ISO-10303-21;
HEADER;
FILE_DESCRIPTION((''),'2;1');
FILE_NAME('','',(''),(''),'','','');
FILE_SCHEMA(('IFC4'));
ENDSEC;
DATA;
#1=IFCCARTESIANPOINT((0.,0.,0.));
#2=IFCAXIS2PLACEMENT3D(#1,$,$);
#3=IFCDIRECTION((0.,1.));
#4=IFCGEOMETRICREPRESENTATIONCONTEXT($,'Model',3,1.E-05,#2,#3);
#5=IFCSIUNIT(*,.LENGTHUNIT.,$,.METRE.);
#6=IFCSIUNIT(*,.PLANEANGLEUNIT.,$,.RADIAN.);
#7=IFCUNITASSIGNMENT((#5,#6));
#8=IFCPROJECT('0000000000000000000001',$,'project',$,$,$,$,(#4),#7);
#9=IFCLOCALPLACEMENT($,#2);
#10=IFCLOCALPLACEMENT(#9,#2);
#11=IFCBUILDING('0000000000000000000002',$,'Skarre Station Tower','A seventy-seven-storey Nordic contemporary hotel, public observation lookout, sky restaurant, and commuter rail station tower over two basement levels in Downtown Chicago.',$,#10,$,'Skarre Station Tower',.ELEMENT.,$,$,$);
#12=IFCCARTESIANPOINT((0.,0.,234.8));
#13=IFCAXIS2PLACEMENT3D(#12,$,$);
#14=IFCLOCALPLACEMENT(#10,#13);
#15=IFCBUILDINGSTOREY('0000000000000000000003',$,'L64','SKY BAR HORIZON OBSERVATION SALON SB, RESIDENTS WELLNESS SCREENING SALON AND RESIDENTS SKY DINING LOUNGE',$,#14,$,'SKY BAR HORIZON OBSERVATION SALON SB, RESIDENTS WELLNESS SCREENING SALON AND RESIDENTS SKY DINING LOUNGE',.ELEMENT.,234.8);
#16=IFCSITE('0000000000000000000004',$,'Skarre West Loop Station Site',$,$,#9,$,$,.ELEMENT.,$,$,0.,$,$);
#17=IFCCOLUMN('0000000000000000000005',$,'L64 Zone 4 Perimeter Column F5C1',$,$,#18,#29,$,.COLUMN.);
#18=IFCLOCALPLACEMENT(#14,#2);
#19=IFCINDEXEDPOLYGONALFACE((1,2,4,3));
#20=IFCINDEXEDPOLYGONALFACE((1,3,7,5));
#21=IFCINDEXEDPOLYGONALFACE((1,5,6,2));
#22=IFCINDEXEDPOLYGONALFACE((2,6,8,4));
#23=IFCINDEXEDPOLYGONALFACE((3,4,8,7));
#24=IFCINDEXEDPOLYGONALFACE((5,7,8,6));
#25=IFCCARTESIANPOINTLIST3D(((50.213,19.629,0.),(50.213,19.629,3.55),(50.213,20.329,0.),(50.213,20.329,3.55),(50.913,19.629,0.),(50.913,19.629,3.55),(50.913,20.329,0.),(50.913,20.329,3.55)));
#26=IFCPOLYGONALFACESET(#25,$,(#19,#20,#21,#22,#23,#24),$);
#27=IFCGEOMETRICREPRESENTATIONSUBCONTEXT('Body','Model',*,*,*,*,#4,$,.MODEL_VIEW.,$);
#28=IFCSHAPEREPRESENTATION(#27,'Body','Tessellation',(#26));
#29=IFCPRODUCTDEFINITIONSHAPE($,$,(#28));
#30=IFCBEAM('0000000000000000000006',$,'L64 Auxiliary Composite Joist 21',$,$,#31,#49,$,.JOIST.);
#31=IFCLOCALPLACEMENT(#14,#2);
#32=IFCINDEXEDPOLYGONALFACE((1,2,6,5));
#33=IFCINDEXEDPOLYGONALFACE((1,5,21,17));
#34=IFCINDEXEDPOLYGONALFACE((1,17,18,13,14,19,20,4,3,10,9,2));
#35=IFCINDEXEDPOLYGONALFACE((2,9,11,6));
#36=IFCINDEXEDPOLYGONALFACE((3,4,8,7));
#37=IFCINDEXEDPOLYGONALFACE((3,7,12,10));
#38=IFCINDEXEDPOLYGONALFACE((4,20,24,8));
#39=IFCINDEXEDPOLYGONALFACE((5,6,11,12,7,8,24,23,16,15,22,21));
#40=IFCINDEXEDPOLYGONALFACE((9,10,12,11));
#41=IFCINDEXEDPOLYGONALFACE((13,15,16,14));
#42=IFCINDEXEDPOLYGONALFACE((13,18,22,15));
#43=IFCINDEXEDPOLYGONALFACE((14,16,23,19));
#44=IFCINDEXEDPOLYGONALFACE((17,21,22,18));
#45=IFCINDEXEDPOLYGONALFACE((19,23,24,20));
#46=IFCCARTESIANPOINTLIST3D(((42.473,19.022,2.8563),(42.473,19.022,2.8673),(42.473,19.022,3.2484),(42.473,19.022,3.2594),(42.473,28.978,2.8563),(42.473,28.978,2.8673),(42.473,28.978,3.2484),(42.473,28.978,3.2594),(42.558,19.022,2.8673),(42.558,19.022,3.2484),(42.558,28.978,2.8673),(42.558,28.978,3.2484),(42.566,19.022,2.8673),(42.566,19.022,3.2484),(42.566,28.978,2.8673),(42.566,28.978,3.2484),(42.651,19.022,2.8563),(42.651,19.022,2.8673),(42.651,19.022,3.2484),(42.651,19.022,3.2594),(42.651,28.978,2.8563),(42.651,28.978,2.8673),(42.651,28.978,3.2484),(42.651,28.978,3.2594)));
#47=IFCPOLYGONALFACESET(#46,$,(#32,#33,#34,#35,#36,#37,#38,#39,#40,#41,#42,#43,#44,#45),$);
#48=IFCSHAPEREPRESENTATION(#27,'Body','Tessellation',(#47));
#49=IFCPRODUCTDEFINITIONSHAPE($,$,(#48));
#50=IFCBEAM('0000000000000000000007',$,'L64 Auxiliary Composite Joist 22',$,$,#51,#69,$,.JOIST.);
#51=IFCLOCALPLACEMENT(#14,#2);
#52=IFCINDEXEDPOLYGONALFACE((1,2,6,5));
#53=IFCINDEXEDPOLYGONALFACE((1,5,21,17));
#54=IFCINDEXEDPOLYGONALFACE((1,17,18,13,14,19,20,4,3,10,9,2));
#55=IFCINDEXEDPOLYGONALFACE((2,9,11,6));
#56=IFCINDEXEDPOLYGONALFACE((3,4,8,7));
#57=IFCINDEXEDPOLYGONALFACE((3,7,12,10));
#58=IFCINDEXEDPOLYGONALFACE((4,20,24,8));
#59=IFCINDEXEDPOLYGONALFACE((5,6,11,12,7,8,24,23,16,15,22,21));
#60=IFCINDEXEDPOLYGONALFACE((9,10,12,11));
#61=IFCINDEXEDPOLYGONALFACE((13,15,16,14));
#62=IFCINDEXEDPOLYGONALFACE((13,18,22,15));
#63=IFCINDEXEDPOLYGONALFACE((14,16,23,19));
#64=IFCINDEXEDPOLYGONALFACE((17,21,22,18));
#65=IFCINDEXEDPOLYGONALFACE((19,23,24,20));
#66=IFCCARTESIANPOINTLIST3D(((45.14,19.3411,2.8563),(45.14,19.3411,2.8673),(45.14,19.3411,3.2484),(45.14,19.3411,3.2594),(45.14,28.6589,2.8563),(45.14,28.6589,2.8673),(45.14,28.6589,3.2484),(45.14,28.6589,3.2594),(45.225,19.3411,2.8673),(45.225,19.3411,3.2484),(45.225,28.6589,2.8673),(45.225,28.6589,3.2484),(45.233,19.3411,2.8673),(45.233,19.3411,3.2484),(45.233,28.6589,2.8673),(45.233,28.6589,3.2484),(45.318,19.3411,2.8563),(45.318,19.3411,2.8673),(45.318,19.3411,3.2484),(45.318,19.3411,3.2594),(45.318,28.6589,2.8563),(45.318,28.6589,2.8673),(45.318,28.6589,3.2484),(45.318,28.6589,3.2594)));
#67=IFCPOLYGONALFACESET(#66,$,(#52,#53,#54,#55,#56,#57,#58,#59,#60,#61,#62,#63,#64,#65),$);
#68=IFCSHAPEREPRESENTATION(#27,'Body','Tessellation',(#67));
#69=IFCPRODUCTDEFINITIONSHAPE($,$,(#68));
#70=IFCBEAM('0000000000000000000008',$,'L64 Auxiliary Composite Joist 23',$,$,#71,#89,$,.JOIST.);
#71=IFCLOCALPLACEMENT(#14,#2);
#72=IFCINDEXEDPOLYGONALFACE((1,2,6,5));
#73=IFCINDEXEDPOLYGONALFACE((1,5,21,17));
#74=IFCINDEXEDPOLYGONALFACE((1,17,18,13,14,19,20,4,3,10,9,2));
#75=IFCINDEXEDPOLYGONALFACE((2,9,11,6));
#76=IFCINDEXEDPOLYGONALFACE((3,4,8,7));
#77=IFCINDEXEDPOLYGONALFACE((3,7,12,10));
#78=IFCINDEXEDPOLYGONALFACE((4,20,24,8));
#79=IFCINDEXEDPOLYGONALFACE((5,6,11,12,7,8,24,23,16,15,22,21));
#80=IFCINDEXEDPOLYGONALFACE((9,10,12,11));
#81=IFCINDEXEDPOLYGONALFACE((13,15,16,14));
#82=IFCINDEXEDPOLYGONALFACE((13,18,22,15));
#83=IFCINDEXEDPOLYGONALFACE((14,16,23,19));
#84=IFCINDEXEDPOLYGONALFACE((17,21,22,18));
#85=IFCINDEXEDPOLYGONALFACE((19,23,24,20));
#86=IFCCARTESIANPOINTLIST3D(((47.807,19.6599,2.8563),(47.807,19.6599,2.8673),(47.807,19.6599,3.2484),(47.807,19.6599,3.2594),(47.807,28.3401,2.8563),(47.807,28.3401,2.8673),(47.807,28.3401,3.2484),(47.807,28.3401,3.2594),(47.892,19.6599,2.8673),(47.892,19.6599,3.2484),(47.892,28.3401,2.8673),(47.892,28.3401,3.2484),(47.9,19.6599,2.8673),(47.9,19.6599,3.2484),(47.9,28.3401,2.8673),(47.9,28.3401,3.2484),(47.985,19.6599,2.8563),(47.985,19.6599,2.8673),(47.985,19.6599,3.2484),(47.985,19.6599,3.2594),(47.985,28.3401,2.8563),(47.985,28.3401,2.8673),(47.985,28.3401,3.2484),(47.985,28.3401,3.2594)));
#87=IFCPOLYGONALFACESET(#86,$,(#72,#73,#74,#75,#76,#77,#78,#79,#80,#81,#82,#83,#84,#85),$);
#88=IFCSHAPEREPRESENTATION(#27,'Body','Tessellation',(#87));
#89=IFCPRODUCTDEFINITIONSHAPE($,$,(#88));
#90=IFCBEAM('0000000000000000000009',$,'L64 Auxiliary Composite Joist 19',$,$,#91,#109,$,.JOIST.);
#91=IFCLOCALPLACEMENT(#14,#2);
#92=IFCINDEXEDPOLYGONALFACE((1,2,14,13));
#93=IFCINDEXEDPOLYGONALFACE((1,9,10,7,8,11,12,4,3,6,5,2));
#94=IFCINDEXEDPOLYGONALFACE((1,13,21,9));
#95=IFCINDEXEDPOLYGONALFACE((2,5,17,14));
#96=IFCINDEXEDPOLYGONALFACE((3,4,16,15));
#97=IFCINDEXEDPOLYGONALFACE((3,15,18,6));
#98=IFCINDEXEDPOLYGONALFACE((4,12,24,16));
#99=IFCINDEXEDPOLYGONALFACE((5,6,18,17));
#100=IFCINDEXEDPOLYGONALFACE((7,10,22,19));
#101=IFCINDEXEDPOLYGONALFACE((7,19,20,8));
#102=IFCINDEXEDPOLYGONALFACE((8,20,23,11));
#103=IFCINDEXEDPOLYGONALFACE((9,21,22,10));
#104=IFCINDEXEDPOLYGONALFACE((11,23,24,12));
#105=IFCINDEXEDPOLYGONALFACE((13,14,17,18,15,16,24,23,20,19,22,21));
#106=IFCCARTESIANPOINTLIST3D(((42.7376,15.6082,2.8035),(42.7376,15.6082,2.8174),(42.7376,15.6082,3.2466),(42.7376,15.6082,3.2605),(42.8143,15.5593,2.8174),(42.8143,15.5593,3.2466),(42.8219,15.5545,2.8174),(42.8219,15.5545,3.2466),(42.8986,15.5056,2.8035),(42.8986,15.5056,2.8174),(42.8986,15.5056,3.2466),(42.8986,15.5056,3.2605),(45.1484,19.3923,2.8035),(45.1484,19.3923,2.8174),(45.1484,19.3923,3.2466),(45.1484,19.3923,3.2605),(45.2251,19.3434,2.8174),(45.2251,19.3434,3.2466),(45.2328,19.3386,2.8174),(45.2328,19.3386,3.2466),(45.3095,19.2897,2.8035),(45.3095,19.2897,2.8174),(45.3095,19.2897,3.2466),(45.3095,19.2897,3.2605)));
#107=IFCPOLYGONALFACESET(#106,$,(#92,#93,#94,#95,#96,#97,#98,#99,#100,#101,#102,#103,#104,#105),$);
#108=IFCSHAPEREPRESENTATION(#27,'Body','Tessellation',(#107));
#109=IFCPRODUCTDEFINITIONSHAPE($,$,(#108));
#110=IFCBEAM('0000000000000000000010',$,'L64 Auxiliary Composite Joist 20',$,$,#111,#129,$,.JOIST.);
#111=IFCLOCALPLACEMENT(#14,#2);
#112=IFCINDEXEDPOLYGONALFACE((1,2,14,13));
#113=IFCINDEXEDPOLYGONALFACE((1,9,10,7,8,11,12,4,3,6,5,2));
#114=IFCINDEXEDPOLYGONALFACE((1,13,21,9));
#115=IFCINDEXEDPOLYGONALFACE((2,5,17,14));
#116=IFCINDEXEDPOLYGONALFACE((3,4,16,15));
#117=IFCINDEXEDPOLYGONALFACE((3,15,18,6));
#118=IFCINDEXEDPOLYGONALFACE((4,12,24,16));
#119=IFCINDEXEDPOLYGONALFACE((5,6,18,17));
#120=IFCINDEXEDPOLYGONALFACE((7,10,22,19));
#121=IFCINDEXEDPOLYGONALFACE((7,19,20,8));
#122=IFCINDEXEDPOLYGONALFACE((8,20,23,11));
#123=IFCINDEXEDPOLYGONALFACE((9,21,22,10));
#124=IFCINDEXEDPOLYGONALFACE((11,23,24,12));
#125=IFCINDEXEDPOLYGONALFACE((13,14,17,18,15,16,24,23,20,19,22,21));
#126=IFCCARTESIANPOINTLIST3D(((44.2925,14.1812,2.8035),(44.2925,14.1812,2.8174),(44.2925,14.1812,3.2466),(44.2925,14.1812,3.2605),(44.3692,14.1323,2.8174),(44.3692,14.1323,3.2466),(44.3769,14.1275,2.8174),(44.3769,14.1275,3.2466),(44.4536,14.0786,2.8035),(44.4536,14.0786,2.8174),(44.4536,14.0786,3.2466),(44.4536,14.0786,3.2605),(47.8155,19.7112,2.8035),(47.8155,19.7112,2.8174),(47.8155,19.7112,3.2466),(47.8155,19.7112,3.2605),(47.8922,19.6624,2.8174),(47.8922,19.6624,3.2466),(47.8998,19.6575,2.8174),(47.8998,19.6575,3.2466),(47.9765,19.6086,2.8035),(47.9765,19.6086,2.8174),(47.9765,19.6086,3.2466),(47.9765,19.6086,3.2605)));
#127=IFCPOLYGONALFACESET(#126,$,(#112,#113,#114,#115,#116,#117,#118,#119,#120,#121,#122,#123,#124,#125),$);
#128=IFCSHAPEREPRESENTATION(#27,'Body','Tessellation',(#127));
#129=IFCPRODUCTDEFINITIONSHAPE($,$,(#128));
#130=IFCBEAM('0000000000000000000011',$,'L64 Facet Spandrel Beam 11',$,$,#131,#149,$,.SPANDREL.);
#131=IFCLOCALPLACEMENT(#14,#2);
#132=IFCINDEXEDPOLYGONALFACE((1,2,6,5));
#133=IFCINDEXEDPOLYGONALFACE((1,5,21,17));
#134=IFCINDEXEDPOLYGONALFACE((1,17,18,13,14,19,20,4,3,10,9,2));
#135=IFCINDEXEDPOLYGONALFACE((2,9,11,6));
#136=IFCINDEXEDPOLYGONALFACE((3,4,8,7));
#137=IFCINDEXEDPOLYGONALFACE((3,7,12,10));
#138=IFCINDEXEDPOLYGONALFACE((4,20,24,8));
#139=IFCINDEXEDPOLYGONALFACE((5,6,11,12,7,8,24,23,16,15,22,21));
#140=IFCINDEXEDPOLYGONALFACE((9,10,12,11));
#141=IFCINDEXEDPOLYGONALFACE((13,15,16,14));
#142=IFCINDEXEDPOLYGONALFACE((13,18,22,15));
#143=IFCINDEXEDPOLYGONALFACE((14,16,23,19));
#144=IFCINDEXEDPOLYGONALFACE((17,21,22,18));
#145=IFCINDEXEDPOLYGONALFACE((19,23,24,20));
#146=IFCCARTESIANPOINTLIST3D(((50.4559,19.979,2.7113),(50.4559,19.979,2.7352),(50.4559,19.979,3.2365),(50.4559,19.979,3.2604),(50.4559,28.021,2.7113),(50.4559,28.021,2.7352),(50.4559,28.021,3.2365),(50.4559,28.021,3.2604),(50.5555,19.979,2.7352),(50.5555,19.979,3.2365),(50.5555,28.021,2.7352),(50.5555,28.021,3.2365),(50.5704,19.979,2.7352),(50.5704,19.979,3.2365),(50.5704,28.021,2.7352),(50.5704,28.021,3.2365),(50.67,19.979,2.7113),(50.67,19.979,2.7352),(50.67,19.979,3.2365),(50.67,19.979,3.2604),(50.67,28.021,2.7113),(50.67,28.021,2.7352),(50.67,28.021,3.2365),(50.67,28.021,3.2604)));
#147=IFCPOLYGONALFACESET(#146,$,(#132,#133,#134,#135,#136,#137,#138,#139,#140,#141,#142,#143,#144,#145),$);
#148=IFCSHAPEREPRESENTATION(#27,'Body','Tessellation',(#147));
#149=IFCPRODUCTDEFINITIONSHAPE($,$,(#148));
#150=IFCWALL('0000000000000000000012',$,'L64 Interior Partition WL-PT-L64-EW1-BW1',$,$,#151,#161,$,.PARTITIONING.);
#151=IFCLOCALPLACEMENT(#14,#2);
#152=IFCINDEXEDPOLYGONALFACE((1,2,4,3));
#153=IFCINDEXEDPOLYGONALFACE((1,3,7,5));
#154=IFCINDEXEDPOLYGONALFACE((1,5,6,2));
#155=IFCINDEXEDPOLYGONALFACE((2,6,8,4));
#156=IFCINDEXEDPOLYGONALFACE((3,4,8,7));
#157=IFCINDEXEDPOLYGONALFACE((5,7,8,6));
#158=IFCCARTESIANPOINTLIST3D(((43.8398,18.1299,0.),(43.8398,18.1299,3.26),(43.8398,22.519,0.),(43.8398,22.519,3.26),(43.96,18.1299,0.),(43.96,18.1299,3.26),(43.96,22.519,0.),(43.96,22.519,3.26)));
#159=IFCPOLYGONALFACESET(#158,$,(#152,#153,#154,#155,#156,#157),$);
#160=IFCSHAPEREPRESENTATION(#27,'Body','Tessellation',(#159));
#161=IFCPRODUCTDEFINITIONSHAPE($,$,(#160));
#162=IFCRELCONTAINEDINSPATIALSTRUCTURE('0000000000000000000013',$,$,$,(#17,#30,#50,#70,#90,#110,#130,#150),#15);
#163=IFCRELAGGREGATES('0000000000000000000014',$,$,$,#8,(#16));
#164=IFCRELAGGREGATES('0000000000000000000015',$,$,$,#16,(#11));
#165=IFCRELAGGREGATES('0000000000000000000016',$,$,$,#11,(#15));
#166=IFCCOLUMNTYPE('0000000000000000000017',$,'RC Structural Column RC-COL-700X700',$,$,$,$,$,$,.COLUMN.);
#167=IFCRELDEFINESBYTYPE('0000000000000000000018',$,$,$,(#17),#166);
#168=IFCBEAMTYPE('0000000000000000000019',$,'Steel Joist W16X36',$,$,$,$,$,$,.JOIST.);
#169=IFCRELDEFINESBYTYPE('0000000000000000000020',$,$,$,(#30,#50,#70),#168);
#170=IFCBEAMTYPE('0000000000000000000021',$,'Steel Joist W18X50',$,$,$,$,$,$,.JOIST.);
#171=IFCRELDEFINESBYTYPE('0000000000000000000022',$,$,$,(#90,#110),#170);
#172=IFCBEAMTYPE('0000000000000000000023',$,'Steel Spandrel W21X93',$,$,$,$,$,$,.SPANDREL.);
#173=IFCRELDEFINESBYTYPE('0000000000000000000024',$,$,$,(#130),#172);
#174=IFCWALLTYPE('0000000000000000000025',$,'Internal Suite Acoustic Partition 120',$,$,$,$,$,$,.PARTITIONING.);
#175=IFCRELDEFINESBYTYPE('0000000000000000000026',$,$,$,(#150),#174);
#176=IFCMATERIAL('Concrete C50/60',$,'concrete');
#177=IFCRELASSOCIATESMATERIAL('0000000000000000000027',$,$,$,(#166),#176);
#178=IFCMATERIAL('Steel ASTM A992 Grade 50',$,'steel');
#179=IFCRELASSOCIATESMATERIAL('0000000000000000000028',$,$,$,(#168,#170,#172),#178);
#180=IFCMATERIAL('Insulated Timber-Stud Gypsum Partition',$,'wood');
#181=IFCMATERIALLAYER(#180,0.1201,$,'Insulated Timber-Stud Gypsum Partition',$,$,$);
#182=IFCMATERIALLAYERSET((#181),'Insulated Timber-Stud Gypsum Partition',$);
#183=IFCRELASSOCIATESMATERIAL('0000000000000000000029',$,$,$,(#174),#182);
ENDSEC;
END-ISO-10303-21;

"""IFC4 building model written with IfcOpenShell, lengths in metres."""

from ifc_helpers import new_model, si_unit, direction, frame, frame_2d, origin, origin_2d, place, context, subcontext, project, spatial, rectangle, i_section, extrude, material, layer, layer_set, material_profile, profile_set, type_object, element, save


model = new_model("IFC4")

# Units and contexts
model_context = context("Model", 3, precision=1e-05, world=origin(), true_north=direction((0.0, 1.0)))
body_context = subcontext(model_context, "Body", "Model", "MODEL_VIEW")
ifc_project = project(units=[si_unit("LENGTHUNIT", "METRE"), si_unit("PLANEANGLEUNIT", "RADIAN")], contexts=[model_context])

# Site, building, storey
site_placement = place(None, origin())
site = spatial("IfcSite", under=ifc_project, at=site_placement, Name="Skarre West Loop Station Site", CompositionType="ELEMENT", RefElevation=0.0)
building_placement = place(site_placement, origin())
building = spatial("IfcBuilding", under=site, at=building_placement, Name="Skarre Station Tower", Description="A seventy-seven-storey Nordic contemporary hotel, public observation lookout, sky restaurant, and commuter rail station tower over two basement levels in Downtown Chicago.", LongName="Skarre Station Tower", CompositionType="ELEMENT")
storey_placement = place(building_placement, frame((0.0, 0.0, 234.8)))
storey = spatial("IfcBuildingStorey", under=building, at=storey_placement, Name="L64", Description="SKY BAR HORIZON OBSERVATION SALON SB, RESIDENTS WELLNESS SCREENING SALON AND RESIDENTS SKY DINING LOUNGE", LongName="SKY BAR HORIZON OBSERVATION SALON SB, RESIDENTS WELLNESS SCREENING SALON AND RESIDENTS SKY DINING LOUNGE", CompositionType="ELEMENT", Elevation=234.8)

# Column
ifc_material_1 = material(Name="Concrete C50/60", Category="concrete")
ifc_material_profile_1 = material_profile(ifc_material_1, rectangle(XDim=0.7, YDim=0.7, at=origin_2d()), Name="Concrete C50/60")
ifc_profile_set_1 = profile_set([ifc_material_profile_1], Name="Concrete C50/60")
column_type = type_object("IfcColumnType", Name="RC Structural Column RC-COL-700X700", PredefinedType="COLUMN", material=ifc_profile_set_1)
column_placement = place(storey_placement, frame((50.563, 19.979, 0.0), z_axis=(0.0, 0.0, 1.0), x_axis=(1.0, 0.0, 0.0)))
element("IfcColumn", 1, at=column_placement, inside=storey, type_object=column_type, Name="L64 Zone 4 Perimeter Column F5C1", PredefinedType="COLUMN", context=body_context, shape_type="SweptSolid", body=[
    extrude(rectangle(XDim=0.7, YDim=0.7, at=origin_2d()), origin(), (0.0, 0.0, 1.0), 3.55),
])

# Beams
ifc_material_2 = material(Name="Steel ASTM A992 Grade 50", Category="steel")
ifc_material_profile_2 = material_profile(ifc_material_2, i_section(OverallWidth=0.178, OverallDepth=0.4031, WebThickness=0.0081, FlangeThickness=0.011, at=origin_2d()), Name="Steel ASTM A992 Grade 50")
ifc_profile_set_2 = profile_set([ifc_material_profile_2], Name="Steel ASTM A992 Grade 50")
beam_type_1 = type_object("IfcBeamType", Name="Steel Joist W16X36", PredefinedType="JOIST", material=ifc_profile_set_2)
beam_1_placement = place(storey_placement, frame((42.562, 19.022, 3.0579), z_axis=(0.0, 1.0, 0.0), x_axis=(-1.0, 0.0, 0.0)))
element("IfcBeam", 2, at=beam_1_placement, inside=storey, type_object=beam_type_1, Name="L64 Auxiliary Composite Joist 21", PredefinedType="JOIST", context=body_context, shape_type="SweptSolid", body=[
    extrude(i_section(OverallWidth=0.178, OverallDepth=0.4031, WebThickness=0.0081, FlangeThickness=0.011, at=origin_2d()), origin(), (0.0, 0.0, 1.0), 9.9561),
])
beam_2_placement = place(storey_placement, frame((45.229, 19.3411, 3.0579), z_axis=(0.0, 1.0, 0.0), x_axis=(-1.0, 0.0, 0.0)))
element("IfcBeam", 3, at=beam_2_placement, inside=storey, type_object=beam_type_1, Name="L64 Auxiliary Composite Joist 22", PredefinedType="JOIST", context=body_context, shape_type="SweptSolid", body=[
    extrude(i_section(OverallWidth=0.178, OverallDepth=0.4031, WebThickness=0.0081, FlangeThickness=0.011, at=origin_2d()), origin(), (0.0, 0.0, 1.0), 9.3179),
])
beam_3_placement = place(storey_placement, frame((47.896, 19.6599, 3.0579), z_axis=(0.0, 1.0, 0.0), x_axis=(-1.0, 0.0, 0.0)))
element("IfcBeam", 4, at=beam_3_placement, inside=storey, type_object=beam_type_1, Name="L64 Auxiliary Composite Joist 23", PredefinedType="JOIST", context=body_context, shape_type="SweptSolid", body=[
    extrude(i_section(OverallWidth=0.178, OverallDepth=0.4031, WebThickness=0.0081, FlangeThickness=0.011, at=origin_2d()), origin(), (0.0, 0.0, 1.0), 8.6802),
])
ifc_material_profile_3 = material_profile(ifc_material_2, i_section(OverallWidth=0.1909, OverallDepth=0.457, WebThickness=0.009, FlangeThickness=0.0139, at=origin_2d()), Name="Steel ASTM A992 Grade 50")
ifc_profile_set_3 = profile_set([ifc_material_profile_3], Name="Steel ASTM A992 Grade 50")
beam_type_2 = type_object("IfcBeamType", Name="Steel Joist W18X50", PredefinedType="JOIST", material=ifc_profile_set_3)
beam_4_placement = place(storey_placement, frame((42.8181, 15.5569, 3.032), z_axis=(0.537316, 0.843381, 0.0), x_axis=(-0.843381, 0.537316, 0.0)))
element("IfcBeam", 5, at=beam_4_placement, inside=storey, type_object=beam_type_2, Name="L64 Auxiliary Composite Joist 19", PredefinedType="JOIST", context=body_context, shape_type="SweptSolid", body=[
    extrude(i_section(OverallWidth=0.1909, OverallDepth=0.457, WebThickness=0.009, FlangeThickness=0.0139, at=origin_2d()), origin(), (0.0, 0.0, 1.0), 4.4868),
])
beam_5_placement = place(storey_placement, frame((44.373, 14.1299, 3.032), z_axis=(0.537292, 0.843396, 0.0), x_axis=(-0.843396, 0.537292, 0.0)))
element("IfcBeam", 6, at=beam_5_placement, inside=storey, type_object=beam_type_2, Name="L64 Auxiliary Composite Joist 20", PredefinedType="JOIST", context=body_context, shape_type="SweptSolid", body=[
    extrude(i_section(OverallWidth=0.1909, OverallDepth=0.457, WebThickness=0.009, FlangeThickness=0.0139, at=origin_2d()), origin(), (0.0, 0.0, 1.0), 6.5569),
])
ifc_material_profile_4 = material_profile(ifc_material_2, i_section(OverallWidth=0.2141, OverallDepth=0.5491, WebThickness=0.0149, FlangeThickness=0.0239, at=origin_2d()), Name="Steel ASTM A992 Grade 50")
ifc_profile_set_4 = profile_set([ifc_material_profile_4], Name="Steel ASTM A992 Grade 50")
beam_type_3 = type_object("IfcBeamType", Name="Steel Spandrel W21X93", PredefinedType="SPANDREL", material=ifc_profile_set_4)
beam_6_placement = place(storey_placement, frame((50.563, 19.979, 2.9858), z_axis=(0.0, 1.0, 0.0), x_axis=(-1.0, 0.0, 0.0)))
element("IfcBeam", 7, at=beam_6_placement, inside=storey, type_object=beam_type_3, Name="L64 Facet Spandrel Beam 11", PredefinedType="SPANDREL", context=body_context, shape_type="SweptSolid", body=[
    extrude(i_section(OverallWidth=0.2141, OverallDepth=0.5491, WebThickness=0.0149, FlangeThickness=0.0239, at=origin_2d()), origin(), (0.0, 0.0, 1.0), 8.042),
])

# Wall
ifc_material_3 = material(Name="Insulated Timber-Stud Gypsum Partition", Category="wood")
ifc_layer_1 = layer(ifc_material_3, 0.1201, Name="Insulated Timber-Stud Gypsum Partition")
ifc_layer_set_1 = layer_set([ifc_layer_1], Name="Insulated Timber-Stud Gypsum Partition")
wall_type_1 = type_object("IfcWallType", Name="Internal Suite Acoustic Partition 120", PredefinedType="PARTITIONING", material=ifc_layer_set_1)
wall_1_placement = place(storey_placement, frame((43.8999, 18.1299, 0.0), z_axis=(0.0, 0.0, 1.0), x_axis=(0.0, 1.0, 0.0)))
element("IfcWall", 8, at=wall_1_placement, inside=storey, type_object=wall_type_1, Name="L64 Interior Partition WL-PT-L64-EW1-BW1", PredefinedType="PARTITIONING", context=body_context, shape_type="SweptSolid", body=[
    extrude(rectangle(XDim=4.3892, YDim=0.1201, at=frame_2d((2.1946, 0.0))), origin(), (0.0, 0.0, 1.0), 3.26),
])

save(model, "model.ifc")
